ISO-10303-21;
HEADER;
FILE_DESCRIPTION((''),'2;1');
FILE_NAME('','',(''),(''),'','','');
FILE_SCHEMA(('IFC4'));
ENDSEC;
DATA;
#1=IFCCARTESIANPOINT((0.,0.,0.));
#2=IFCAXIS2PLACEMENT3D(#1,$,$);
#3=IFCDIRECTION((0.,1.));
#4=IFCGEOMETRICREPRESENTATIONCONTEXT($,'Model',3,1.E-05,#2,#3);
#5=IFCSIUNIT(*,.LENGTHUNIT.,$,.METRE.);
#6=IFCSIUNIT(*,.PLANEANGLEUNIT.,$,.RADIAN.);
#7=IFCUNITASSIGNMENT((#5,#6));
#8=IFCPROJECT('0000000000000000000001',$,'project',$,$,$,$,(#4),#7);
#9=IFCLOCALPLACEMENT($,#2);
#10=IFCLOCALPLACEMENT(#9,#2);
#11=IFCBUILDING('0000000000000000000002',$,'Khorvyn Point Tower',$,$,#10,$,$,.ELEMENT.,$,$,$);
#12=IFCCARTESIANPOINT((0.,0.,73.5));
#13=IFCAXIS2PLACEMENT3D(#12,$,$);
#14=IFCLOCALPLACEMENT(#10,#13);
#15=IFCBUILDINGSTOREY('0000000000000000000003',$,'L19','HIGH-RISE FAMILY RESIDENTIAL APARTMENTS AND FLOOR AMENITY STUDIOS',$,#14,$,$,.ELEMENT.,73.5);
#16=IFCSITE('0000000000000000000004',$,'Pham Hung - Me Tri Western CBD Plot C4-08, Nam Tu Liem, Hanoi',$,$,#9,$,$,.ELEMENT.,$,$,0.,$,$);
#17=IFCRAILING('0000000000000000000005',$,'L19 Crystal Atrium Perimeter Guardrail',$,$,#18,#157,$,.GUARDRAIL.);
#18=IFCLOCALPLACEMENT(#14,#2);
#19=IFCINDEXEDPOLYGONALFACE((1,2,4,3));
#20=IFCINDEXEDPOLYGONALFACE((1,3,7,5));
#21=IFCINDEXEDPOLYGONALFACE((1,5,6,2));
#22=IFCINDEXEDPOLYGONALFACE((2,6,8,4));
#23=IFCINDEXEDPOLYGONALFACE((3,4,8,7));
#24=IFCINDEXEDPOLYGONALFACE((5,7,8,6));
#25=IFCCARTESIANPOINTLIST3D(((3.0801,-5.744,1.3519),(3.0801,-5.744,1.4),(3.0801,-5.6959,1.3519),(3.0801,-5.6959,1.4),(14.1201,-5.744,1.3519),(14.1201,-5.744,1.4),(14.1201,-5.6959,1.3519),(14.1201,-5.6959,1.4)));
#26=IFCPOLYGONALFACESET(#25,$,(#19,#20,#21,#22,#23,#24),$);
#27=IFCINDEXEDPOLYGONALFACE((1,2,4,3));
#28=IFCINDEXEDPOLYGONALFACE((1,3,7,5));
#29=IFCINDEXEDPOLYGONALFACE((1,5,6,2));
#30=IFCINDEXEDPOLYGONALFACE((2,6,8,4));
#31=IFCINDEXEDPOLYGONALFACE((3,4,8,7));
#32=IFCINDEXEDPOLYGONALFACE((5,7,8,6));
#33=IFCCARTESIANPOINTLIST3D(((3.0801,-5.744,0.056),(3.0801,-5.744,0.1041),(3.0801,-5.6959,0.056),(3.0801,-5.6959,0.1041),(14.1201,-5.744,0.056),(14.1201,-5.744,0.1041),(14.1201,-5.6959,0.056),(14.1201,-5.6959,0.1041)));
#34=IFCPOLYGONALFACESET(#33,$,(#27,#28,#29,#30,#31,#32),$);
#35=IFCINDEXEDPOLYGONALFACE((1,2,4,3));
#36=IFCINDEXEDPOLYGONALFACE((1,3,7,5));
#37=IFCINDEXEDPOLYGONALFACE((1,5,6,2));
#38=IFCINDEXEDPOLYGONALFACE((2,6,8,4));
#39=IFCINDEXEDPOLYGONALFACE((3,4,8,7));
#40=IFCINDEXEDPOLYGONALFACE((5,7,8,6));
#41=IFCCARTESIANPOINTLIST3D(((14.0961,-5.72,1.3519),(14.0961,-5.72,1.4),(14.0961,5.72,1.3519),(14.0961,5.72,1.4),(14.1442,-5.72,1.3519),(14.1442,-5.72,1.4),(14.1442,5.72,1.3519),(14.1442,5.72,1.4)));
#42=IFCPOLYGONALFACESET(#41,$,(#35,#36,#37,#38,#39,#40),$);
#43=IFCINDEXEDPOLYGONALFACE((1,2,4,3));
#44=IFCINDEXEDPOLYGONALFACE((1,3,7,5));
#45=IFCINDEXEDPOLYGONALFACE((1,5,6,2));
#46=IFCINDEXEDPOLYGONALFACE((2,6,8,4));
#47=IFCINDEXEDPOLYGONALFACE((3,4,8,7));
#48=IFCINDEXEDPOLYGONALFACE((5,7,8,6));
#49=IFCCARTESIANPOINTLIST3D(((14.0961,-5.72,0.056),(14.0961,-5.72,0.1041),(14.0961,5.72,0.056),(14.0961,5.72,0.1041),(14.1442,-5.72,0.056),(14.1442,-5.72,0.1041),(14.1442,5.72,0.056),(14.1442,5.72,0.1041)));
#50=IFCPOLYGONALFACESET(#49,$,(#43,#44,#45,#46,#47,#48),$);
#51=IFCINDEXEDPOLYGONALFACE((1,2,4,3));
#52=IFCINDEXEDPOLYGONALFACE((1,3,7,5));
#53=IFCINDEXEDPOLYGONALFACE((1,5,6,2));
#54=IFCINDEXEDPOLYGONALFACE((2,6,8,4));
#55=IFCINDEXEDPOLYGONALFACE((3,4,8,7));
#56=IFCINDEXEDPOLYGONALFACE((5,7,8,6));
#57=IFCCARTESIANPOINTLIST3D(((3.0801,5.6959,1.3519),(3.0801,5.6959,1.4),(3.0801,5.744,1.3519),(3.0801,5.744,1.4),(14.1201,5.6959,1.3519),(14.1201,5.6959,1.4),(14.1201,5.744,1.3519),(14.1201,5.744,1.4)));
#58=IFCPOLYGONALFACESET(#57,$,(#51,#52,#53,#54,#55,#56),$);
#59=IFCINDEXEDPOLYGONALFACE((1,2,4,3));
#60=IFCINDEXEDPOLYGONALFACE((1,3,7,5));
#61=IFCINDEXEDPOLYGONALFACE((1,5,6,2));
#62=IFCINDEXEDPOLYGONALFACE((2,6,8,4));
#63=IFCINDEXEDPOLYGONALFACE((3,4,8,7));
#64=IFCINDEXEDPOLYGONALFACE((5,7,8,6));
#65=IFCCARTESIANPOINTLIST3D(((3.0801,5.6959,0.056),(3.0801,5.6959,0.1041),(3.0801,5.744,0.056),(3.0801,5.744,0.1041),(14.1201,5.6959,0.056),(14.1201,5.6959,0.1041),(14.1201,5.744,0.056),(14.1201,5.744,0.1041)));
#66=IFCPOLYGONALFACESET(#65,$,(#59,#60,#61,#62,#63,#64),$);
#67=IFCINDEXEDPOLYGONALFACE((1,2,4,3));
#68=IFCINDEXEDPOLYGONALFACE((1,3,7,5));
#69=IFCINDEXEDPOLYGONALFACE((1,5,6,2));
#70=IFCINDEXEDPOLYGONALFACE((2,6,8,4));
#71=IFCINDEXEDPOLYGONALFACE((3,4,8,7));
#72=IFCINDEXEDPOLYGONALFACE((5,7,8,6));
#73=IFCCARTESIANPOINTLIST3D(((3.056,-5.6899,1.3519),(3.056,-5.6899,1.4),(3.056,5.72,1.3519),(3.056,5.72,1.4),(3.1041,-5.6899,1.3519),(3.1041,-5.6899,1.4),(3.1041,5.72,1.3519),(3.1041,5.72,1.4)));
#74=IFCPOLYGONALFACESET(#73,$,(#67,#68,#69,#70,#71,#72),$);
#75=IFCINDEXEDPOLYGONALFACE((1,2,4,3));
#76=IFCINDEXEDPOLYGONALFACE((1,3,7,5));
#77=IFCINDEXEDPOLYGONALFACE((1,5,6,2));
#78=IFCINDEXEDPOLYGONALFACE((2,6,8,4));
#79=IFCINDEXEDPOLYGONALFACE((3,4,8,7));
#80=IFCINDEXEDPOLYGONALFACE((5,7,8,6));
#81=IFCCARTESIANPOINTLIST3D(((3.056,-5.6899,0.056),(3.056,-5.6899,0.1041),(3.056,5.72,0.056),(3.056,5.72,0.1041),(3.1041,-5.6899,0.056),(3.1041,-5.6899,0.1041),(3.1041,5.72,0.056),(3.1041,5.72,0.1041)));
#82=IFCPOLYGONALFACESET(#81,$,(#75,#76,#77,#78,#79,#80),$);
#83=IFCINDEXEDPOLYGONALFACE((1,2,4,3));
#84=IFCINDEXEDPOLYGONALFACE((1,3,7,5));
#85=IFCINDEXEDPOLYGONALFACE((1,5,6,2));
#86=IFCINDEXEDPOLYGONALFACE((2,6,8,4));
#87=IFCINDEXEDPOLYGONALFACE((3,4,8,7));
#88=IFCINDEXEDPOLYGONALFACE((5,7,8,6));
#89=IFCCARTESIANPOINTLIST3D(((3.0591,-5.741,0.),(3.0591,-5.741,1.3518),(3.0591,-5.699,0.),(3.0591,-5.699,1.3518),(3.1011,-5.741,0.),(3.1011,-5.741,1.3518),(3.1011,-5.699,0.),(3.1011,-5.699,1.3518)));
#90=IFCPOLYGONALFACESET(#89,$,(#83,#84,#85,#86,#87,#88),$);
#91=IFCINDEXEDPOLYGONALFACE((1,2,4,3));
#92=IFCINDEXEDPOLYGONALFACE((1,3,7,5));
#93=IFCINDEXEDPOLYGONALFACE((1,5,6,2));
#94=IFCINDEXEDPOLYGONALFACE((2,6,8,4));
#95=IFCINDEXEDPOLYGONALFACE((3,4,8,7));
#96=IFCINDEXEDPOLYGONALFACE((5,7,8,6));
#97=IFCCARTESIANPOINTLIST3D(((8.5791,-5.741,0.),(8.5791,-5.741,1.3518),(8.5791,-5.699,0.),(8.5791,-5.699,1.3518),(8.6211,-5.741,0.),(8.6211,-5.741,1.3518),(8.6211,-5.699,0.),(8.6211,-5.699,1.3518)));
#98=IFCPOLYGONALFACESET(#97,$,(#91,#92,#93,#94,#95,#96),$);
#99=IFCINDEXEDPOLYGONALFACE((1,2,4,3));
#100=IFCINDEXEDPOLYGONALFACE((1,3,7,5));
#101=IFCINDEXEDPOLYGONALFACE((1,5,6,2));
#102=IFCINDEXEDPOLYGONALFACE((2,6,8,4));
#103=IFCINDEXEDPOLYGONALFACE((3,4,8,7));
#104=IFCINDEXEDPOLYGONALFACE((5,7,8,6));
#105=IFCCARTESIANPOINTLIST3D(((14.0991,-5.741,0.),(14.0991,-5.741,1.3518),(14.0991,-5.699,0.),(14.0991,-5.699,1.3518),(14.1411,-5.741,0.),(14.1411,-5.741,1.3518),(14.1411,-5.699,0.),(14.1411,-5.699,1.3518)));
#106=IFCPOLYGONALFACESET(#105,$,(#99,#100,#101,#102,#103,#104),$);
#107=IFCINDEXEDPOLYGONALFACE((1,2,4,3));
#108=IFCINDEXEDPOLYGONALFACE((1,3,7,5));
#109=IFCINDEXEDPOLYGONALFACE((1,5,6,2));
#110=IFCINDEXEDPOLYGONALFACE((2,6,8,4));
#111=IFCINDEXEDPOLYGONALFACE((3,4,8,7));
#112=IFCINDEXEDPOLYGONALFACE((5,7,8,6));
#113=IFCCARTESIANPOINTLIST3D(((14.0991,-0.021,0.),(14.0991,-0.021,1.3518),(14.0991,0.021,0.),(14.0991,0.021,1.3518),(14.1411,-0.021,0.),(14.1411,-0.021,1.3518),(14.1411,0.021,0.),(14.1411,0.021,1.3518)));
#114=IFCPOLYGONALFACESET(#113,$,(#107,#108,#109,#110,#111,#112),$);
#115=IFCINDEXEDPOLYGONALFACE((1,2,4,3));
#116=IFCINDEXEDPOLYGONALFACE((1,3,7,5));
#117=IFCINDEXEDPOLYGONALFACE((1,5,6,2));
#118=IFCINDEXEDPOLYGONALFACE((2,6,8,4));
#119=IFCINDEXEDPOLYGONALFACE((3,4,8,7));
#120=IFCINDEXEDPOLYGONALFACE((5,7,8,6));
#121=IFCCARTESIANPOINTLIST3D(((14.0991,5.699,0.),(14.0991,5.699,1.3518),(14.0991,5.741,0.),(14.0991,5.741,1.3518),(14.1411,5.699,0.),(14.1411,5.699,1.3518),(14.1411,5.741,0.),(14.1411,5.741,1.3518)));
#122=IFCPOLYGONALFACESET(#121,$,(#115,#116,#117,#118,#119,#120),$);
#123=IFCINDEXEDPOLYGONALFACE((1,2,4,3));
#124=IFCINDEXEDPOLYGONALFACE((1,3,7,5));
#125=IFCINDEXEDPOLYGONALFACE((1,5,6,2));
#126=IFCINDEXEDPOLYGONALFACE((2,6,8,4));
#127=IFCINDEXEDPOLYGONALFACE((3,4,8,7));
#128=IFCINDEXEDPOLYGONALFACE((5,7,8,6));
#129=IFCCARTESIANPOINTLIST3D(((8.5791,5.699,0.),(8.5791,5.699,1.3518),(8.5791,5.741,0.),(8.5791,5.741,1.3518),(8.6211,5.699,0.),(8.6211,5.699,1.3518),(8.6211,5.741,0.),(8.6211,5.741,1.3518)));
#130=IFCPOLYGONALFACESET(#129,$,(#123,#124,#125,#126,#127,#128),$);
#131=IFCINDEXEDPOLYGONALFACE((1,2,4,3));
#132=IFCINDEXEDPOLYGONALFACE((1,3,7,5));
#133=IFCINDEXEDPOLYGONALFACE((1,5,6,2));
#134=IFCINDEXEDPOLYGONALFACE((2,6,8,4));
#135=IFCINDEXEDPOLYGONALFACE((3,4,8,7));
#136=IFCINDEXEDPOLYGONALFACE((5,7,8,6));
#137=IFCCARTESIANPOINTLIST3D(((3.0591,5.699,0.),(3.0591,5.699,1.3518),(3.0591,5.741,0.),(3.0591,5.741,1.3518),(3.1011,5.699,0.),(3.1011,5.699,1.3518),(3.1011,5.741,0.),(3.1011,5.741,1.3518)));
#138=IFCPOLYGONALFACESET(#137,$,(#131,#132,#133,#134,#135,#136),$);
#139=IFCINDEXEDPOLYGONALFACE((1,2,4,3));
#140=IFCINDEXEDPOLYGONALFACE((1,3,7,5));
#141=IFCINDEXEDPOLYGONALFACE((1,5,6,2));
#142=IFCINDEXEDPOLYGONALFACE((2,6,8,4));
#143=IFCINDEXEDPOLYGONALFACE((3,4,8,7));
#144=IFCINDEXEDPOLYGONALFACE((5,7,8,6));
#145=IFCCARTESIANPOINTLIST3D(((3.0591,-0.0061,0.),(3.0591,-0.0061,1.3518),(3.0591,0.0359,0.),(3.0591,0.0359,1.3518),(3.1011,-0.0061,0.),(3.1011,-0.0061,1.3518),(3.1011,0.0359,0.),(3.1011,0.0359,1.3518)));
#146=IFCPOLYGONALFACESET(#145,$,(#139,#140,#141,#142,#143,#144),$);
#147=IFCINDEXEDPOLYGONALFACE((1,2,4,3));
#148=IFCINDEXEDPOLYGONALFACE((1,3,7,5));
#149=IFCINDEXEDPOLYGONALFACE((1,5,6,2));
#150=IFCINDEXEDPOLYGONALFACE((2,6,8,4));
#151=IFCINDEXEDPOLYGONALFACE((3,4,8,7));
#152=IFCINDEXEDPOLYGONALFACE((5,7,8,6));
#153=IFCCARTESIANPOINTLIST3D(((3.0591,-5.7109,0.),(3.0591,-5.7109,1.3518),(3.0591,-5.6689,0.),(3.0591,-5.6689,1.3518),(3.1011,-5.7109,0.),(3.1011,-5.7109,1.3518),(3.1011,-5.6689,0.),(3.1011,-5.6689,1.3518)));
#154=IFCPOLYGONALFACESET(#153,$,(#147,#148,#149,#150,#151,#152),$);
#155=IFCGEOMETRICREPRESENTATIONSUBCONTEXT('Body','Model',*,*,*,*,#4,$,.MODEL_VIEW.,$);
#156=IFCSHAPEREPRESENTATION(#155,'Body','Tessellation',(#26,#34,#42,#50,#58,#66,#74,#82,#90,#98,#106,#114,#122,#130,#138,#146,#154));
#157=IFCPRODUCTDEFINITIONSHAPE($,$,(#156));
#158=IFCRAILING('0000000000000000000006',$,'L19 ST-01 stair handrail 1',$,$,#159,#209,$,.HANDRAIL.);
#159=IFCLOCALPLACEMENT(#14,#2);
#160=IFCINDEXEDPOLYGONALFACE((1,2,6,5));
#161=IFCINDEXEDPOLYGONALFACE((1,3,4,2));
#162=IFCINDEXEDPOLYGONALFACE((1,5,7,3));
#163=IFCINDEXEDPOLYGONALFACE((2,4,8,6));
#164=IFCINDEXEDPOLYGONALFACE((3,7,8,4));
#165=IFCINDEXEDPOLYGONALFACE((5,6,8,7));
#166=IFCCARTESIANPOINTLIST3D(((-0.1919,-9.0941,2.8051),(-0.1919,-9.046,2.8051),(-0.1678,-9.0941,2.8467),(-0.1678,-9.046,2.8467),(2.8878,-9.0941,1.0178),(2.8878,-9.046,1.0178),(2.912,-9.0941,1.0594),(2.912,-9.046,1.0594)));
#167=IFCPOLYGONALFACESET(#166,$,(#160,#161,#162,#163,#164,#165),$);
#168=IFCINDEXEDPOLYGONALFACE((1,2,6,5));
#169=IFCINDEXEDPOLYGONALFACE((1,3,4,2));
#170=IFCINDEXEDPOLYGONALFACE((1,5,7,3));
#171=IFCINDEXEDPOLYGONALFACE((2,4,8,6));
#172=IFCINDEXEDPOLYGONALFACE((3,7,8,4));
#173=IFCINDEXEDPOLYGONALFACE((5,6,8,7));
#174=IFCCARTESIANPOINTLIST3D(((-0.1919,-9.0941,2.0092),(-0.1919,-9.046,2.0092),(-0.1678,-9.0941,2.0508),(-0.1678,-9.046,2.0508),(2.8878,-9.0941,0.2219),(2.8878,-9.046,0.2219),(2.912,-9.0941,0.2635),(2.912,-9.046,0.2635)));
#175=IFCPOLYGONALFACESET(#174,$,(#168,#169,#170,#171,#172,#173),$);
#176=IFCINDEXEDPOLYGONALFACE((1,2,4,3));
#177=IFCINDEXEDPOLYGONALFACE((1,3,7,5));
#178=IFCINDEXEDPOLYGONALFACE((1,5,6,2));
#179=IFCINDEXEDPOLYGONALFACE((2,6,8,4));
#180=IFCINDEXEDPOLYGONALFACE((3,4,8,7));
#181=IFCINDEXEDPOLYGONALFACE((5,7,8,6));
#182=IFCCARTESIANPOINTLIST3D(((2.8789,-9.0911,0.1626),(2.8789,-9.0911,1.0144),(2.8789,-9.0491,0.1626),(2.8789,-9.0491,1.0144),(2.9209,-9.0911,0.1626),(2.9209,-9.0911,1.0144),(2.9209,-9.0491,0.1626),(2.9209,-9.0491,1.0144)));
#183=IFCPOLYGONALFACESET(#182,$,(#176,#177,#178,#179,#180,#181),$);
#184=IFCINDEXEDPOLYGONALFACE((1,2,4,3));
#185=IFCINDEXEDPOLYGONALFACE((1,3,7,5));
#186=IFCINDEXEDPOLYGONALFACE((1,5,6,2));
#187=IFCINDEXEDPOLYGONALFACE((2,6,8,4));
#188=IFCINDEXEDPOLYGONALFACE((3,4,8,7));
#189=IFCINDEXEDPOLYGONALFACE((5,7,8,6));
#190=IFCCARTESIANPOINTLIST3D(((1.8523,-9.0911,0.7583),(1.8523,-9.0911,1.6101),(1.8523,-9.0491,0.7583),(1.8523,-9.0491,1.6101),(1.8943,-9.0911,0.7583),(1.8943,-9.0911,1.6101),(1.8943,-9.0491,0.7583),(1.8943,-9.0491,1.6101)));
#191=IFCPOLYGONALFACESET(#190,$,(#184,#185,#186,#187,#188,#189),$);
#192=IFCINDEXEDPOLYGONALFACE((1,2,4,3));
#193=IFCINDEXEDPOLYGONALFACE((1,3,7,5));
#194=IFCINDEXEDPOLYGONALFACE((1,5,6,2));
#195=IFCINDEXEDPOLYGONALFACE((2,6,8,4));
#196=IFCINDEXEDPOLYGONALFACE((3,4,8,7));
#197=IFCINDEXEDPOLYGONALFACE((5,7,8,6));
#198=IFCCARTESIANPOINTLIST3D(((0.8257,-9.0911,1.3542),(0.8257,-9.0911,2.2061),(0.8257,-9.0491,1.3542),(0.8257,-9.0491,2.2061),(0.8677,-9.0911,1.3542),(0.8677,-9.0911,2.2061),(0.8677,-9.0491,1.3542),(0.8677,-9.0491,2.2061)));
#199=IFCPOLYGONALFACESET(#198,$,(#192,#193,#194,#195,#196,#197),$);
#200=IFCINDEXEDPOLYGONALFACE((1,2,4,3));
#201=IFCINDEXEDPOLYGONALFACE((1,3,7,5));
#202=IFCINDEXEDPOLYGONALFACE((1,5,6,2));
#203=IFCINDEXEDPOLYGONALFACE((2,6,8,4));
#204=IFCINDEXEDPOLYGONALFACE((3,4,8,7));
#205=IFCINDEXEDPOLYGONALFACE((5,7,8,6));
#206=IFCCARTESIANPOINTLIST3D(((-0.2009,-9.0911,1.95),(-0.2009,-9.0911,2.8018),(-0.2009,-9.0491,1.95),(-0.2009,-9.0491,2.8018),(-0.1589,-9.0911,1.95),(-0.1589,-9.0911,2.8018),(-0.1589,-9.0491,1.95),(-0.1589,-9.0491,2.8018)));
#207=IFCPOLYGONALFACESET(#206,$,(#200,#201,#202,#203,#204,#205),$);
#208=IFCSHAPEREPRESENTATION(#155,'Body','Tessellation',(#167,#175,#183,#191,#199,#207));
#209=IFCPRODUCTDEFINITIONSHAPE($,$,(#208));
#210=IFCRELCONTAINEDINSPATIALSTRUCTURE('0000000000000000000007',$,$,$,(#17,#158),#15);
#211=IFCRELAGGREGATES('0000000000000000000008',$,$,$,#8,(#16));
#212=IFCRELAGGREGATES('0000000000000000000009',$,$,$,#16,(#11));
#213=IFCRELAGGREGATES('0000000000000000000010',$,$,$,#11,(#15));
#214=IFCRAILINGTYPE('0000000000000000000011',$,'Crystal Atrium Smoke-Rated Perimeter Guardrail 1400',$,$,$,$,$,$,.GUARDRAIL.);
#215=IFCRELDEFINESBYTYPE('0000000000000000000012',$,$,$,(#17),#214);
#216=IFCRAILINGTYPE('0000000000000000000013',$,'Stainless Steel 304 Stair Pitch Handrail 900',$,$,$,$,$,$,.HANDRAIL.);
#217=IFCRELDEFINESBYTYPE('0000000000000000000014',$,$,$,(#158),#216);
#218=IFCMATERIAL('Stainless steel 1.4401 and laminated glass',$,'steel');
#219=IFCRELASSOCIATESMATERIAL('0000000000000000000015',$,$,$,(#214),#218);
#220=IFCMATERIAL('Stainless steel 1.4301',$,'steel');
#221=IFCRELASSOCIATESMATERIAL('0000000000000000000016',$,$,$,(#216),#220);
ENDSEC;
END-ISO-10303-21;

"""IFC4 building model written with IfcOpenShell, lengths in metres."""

from ifc_helpers import new_model, si_unit, direction, frame, origin, origin_2d, place, context, subcontext, project, spatial, rectangle, extrude, material, type_object, element, save


model = new_model("IFC4")

# Units and contexts
model_context = context("Model", 3, precision=1e-05, world=origin(), true_north=direction((0.0, 1.0)))
body_context = subcontext(model_context, "Body", "Model", "MODEL_VIEW")
ifc_project = project(units=[si_unit("LENGTHUNIT", "METRE"), si_unit("PLANEANGLEUNIT", "RADIAN")], contexts=[model_context])

# Site, building, storey
site_placement = place(None, origin())
site = spatial("IfcSite", under=ifc_project, at=site_placement, Name="Pham Hung - Me Tri Western CBD Plot C4-08, Nam Tu Liem, Hanoi", CompositionType="ELEMENT", RefElevation=0.0)
building_placement = place(site_placement, origin())
building = spatial("IfcBuilding", under=site, at=building_placement, Name="Khorvyn Point Tower", CompositionType="ELEMENT")
storey_placement = place(building_placement, frame((0.0, 0.0, 73.5)))
storey = spatial("IfcBuildingStorey", under=building, at=storey_placement, Name="L19", Description="HIGH-RISE FAMILY RESIDENTIAL APARTMENTS AND FLOOR AMENITY STUDIOS", CompositionType="ELEMENT", Elevation=73.5)

# Shared definitions
ifc_material_1 = material(Name="Stainless steel 1.4301", Category="steel")

# Railings
ifc_material_2 = material(Name="Stainless steel 1.4401 and laminated glass", Category="steel")
railing_type_1 = type_object("IfcRailingType", Name="Crystal Atrium Smoke-Rated Perimeter Guardrail 1400", PredefinedType="GUARDRAIL", material=ifc_material_2)
railing_1_placement = place(storey_placement, frame((3.0801, -5.72, 0.0)))
element("IfcRailing", 1, at=railing_1_placement, inside=storey, type_object=railing_type_1, Name="L19 Crystal Atrium Perimeter Guardrail", PredefinedType="GUARDRAIL", context=body_context, shape_type="SweptSolid", body=[
    extrude(rectangle(XDim=0.0481, YDim=0.0481, at=origin_2d()), frame((0.0, 0.0, 1.376), z_axis=(1.0, 0.0, 0.0), x_axis=(0.0, 1.0, 0.0)), (0.0, 0.0, 1.0), 11.04),
    extrude(rectangle(XDim=0.0481, YDim=0.0481, at=origin_2d()), frame((0.0, 0.0, 0.0801), z_axis=(1.0, 0.0, 0.0), x_axis=(0.0, 1.0, 0.0)), (0.0, 0.0, 1.0), 11.04),
    extrude(rectangle(XDim=0.0481, YDim=0.0481, at=origin_2d()), frame((11.04, 0.0, 1.376), z_axis=(0.0, 1.0, 0.0), x_axis=(-1.0, 0.0, 0.0)), (0.0, 0.0, 1.0), 11.4399),
    extrude(rectangle(XDim=0.0481, YDim=0.0481, at=origin_2d()), frame((11.04, 0.0, 0.0801), z_axis=(0.0, 1.0, 0.0), x_axis=(-1.0, 0.0, 0.0)), (0.0, 0.0, 1.0), 11.4399),
    extrude(rectangle(XDim=0.0481, YDim=0.0481, at=origin_2d()), frame((11.04, 11.4399, 1.376), z_axis=(-1.0, 0.0, 0.0), x_axis=(0.0, -1.0, 0.0)), (0.0, 0.0, 1.0), 11.04),
    extrude(rectangle(XDim=0.0481, YDim=0.0481, at=origin_2d()), frame((11.04, 11.4399, 0.0801), z_axis=(-1.0, 0.0, 0.0), x_axis=(0.0, -1.0, 0.0)), (0.0, 0.0, 1.0), 11.04),
    extrude(rectangle(XDim=0.0481, YDim=0.0481, at=origin_2d()), frame((0.0, 11.4399, 1.376), z_axis=(0.0, -1.0, 0.0), x_axis=(1.0, 0.0, 0.0)), (0.0, 0.0, 1.0), 11.4099),
    extrude(rectangle(XDim=0.0481, YDim=0.0481, at=origin_2d()), frame((0.0, 11.4399, 0.0801), z_axis=(0.0, -1.0, 0.0), x_axis=(1.0, 0.0, 0.0)), (0.0, 0.0, 1.0), 11.4099),
    extrude(rectangle(XDim=0.042, YDim=0.042, at=origin_2d()), origin(), (0.0, 0.0, 1.0), 1.3518),
    extrude(rectangle(XDim=0.042, YDim=0.042, at=origin_2d()), frame((5.52, 0.0, 0.0)), (0.0, 0.0, 1.0), 1.3518),
    extrude(rectangle(XDim=0.042, YDim=0.042, at=origin_2d()), frame((11.04, 0.0, 0.0)), (0.0, 0.0, 1.0), 1.3518),
    extrude(rectangle(XDim=0.042, YDim=0.042, at=origin_2d()), frame((11.04, 5.72, 0.0)), (0.0, 0.0, 1.0), 1.3518),
    extrude(rectangle(XDim=0.042, YDim=0.042, at=origin_2d()), frame((11.04, 11.4399, 0.0)), (0.0, 0.0, 1.0), 1.3518),
    extrude(rectangle(XDim=0.042, YDim=0.042, at=origin_2d()), frame((5.52, 11.4399, 0.0)), (0.0, 0.0, 1.0), 1.3518),
    extrude(rectangle(XDim=0.042, YDim=0.042, at=origin_2d()), frame((0.0, 11.4399, 0.0)), (0.0, 0.0, 1.0), 1.3518),
    extrude(rectangle(XDim=0.042, YDim=0.042, at=origin_2d()), frame((0.0, 5.7349, 0.0)), (0.0, 0.0, 1.0), 1.3518),
    extrude(rectangle(XDim=0.042, YDim=0.042, at=origin_2d()), frame((0.0, 0.03, 0.0)), (0.0, 0.0, 1.0), 1.3518),
])
railing_type_2 = type_object("IfcRailingType", Name="Stainless Steel 304 Stair Pitch Handrail 900", PredefinedType="HANDRAIL", material=ifc_material_1)
railing_2_placement = place(storey_placement, frame((2.8999, -9.0701, 0.1626)))
element("IfcRailing", 2, at=railing_2_placement, inside=storey, type_object=railing_type_2, Name="L19 ST-01 stair handrail 1", PredefinedType="HANDRAIL", context=body_context, shape_type="SweptSolid", body=[
    extrude(rectangle(XDim=0.0481, YDim=0.0481, at=origin_2d()), frame((0.0, 0.0, 0.876), z_axis=(-0.864903, 0.0, 0.501939), x_axis=(0.0, -1.0, 0.0)), (0.0, 0.0, 1.0), 3.5608),
    extrude(rectangle(XDim=0.0481, YDim=0.0481, at=origin_2d()), frame((0.0, 0.0, 0.0801), z_axis=(-0.864903, 0.0, 0.501939), x_axis=(0.0, -1.0, 0.0)), (0.0, 0.0, 1.0), 3.5608),
    extrude(rectangle(XDim=0.042, YDim=0.042, at=origin_2d()), origin(), (0.0, 0.0, 1.0), 0.8518),
    extrude(rectangle(XDim=0.042, YDim=0.042, at=origin_2d()), frame((-1.0266, 0.0, 0.5957)), (0.0, 0.0, 1.0), 0.8518),
    extrude(rectangle(XDim=0.042, YDim=0.042, at=origin_2d()), frame((-2.0532, 0.0, 1.1917)), (0.0, 0.0, 1.0), 0.8518),
    extrude(rectangle(XDim=0.042, YDim=0.042, at=origin_2d()), frame((-3.0798, 0.0, 1.7874)), (0.0, 0.0, 1.0), 0.8518),
])

save(model, "model.ifc")
